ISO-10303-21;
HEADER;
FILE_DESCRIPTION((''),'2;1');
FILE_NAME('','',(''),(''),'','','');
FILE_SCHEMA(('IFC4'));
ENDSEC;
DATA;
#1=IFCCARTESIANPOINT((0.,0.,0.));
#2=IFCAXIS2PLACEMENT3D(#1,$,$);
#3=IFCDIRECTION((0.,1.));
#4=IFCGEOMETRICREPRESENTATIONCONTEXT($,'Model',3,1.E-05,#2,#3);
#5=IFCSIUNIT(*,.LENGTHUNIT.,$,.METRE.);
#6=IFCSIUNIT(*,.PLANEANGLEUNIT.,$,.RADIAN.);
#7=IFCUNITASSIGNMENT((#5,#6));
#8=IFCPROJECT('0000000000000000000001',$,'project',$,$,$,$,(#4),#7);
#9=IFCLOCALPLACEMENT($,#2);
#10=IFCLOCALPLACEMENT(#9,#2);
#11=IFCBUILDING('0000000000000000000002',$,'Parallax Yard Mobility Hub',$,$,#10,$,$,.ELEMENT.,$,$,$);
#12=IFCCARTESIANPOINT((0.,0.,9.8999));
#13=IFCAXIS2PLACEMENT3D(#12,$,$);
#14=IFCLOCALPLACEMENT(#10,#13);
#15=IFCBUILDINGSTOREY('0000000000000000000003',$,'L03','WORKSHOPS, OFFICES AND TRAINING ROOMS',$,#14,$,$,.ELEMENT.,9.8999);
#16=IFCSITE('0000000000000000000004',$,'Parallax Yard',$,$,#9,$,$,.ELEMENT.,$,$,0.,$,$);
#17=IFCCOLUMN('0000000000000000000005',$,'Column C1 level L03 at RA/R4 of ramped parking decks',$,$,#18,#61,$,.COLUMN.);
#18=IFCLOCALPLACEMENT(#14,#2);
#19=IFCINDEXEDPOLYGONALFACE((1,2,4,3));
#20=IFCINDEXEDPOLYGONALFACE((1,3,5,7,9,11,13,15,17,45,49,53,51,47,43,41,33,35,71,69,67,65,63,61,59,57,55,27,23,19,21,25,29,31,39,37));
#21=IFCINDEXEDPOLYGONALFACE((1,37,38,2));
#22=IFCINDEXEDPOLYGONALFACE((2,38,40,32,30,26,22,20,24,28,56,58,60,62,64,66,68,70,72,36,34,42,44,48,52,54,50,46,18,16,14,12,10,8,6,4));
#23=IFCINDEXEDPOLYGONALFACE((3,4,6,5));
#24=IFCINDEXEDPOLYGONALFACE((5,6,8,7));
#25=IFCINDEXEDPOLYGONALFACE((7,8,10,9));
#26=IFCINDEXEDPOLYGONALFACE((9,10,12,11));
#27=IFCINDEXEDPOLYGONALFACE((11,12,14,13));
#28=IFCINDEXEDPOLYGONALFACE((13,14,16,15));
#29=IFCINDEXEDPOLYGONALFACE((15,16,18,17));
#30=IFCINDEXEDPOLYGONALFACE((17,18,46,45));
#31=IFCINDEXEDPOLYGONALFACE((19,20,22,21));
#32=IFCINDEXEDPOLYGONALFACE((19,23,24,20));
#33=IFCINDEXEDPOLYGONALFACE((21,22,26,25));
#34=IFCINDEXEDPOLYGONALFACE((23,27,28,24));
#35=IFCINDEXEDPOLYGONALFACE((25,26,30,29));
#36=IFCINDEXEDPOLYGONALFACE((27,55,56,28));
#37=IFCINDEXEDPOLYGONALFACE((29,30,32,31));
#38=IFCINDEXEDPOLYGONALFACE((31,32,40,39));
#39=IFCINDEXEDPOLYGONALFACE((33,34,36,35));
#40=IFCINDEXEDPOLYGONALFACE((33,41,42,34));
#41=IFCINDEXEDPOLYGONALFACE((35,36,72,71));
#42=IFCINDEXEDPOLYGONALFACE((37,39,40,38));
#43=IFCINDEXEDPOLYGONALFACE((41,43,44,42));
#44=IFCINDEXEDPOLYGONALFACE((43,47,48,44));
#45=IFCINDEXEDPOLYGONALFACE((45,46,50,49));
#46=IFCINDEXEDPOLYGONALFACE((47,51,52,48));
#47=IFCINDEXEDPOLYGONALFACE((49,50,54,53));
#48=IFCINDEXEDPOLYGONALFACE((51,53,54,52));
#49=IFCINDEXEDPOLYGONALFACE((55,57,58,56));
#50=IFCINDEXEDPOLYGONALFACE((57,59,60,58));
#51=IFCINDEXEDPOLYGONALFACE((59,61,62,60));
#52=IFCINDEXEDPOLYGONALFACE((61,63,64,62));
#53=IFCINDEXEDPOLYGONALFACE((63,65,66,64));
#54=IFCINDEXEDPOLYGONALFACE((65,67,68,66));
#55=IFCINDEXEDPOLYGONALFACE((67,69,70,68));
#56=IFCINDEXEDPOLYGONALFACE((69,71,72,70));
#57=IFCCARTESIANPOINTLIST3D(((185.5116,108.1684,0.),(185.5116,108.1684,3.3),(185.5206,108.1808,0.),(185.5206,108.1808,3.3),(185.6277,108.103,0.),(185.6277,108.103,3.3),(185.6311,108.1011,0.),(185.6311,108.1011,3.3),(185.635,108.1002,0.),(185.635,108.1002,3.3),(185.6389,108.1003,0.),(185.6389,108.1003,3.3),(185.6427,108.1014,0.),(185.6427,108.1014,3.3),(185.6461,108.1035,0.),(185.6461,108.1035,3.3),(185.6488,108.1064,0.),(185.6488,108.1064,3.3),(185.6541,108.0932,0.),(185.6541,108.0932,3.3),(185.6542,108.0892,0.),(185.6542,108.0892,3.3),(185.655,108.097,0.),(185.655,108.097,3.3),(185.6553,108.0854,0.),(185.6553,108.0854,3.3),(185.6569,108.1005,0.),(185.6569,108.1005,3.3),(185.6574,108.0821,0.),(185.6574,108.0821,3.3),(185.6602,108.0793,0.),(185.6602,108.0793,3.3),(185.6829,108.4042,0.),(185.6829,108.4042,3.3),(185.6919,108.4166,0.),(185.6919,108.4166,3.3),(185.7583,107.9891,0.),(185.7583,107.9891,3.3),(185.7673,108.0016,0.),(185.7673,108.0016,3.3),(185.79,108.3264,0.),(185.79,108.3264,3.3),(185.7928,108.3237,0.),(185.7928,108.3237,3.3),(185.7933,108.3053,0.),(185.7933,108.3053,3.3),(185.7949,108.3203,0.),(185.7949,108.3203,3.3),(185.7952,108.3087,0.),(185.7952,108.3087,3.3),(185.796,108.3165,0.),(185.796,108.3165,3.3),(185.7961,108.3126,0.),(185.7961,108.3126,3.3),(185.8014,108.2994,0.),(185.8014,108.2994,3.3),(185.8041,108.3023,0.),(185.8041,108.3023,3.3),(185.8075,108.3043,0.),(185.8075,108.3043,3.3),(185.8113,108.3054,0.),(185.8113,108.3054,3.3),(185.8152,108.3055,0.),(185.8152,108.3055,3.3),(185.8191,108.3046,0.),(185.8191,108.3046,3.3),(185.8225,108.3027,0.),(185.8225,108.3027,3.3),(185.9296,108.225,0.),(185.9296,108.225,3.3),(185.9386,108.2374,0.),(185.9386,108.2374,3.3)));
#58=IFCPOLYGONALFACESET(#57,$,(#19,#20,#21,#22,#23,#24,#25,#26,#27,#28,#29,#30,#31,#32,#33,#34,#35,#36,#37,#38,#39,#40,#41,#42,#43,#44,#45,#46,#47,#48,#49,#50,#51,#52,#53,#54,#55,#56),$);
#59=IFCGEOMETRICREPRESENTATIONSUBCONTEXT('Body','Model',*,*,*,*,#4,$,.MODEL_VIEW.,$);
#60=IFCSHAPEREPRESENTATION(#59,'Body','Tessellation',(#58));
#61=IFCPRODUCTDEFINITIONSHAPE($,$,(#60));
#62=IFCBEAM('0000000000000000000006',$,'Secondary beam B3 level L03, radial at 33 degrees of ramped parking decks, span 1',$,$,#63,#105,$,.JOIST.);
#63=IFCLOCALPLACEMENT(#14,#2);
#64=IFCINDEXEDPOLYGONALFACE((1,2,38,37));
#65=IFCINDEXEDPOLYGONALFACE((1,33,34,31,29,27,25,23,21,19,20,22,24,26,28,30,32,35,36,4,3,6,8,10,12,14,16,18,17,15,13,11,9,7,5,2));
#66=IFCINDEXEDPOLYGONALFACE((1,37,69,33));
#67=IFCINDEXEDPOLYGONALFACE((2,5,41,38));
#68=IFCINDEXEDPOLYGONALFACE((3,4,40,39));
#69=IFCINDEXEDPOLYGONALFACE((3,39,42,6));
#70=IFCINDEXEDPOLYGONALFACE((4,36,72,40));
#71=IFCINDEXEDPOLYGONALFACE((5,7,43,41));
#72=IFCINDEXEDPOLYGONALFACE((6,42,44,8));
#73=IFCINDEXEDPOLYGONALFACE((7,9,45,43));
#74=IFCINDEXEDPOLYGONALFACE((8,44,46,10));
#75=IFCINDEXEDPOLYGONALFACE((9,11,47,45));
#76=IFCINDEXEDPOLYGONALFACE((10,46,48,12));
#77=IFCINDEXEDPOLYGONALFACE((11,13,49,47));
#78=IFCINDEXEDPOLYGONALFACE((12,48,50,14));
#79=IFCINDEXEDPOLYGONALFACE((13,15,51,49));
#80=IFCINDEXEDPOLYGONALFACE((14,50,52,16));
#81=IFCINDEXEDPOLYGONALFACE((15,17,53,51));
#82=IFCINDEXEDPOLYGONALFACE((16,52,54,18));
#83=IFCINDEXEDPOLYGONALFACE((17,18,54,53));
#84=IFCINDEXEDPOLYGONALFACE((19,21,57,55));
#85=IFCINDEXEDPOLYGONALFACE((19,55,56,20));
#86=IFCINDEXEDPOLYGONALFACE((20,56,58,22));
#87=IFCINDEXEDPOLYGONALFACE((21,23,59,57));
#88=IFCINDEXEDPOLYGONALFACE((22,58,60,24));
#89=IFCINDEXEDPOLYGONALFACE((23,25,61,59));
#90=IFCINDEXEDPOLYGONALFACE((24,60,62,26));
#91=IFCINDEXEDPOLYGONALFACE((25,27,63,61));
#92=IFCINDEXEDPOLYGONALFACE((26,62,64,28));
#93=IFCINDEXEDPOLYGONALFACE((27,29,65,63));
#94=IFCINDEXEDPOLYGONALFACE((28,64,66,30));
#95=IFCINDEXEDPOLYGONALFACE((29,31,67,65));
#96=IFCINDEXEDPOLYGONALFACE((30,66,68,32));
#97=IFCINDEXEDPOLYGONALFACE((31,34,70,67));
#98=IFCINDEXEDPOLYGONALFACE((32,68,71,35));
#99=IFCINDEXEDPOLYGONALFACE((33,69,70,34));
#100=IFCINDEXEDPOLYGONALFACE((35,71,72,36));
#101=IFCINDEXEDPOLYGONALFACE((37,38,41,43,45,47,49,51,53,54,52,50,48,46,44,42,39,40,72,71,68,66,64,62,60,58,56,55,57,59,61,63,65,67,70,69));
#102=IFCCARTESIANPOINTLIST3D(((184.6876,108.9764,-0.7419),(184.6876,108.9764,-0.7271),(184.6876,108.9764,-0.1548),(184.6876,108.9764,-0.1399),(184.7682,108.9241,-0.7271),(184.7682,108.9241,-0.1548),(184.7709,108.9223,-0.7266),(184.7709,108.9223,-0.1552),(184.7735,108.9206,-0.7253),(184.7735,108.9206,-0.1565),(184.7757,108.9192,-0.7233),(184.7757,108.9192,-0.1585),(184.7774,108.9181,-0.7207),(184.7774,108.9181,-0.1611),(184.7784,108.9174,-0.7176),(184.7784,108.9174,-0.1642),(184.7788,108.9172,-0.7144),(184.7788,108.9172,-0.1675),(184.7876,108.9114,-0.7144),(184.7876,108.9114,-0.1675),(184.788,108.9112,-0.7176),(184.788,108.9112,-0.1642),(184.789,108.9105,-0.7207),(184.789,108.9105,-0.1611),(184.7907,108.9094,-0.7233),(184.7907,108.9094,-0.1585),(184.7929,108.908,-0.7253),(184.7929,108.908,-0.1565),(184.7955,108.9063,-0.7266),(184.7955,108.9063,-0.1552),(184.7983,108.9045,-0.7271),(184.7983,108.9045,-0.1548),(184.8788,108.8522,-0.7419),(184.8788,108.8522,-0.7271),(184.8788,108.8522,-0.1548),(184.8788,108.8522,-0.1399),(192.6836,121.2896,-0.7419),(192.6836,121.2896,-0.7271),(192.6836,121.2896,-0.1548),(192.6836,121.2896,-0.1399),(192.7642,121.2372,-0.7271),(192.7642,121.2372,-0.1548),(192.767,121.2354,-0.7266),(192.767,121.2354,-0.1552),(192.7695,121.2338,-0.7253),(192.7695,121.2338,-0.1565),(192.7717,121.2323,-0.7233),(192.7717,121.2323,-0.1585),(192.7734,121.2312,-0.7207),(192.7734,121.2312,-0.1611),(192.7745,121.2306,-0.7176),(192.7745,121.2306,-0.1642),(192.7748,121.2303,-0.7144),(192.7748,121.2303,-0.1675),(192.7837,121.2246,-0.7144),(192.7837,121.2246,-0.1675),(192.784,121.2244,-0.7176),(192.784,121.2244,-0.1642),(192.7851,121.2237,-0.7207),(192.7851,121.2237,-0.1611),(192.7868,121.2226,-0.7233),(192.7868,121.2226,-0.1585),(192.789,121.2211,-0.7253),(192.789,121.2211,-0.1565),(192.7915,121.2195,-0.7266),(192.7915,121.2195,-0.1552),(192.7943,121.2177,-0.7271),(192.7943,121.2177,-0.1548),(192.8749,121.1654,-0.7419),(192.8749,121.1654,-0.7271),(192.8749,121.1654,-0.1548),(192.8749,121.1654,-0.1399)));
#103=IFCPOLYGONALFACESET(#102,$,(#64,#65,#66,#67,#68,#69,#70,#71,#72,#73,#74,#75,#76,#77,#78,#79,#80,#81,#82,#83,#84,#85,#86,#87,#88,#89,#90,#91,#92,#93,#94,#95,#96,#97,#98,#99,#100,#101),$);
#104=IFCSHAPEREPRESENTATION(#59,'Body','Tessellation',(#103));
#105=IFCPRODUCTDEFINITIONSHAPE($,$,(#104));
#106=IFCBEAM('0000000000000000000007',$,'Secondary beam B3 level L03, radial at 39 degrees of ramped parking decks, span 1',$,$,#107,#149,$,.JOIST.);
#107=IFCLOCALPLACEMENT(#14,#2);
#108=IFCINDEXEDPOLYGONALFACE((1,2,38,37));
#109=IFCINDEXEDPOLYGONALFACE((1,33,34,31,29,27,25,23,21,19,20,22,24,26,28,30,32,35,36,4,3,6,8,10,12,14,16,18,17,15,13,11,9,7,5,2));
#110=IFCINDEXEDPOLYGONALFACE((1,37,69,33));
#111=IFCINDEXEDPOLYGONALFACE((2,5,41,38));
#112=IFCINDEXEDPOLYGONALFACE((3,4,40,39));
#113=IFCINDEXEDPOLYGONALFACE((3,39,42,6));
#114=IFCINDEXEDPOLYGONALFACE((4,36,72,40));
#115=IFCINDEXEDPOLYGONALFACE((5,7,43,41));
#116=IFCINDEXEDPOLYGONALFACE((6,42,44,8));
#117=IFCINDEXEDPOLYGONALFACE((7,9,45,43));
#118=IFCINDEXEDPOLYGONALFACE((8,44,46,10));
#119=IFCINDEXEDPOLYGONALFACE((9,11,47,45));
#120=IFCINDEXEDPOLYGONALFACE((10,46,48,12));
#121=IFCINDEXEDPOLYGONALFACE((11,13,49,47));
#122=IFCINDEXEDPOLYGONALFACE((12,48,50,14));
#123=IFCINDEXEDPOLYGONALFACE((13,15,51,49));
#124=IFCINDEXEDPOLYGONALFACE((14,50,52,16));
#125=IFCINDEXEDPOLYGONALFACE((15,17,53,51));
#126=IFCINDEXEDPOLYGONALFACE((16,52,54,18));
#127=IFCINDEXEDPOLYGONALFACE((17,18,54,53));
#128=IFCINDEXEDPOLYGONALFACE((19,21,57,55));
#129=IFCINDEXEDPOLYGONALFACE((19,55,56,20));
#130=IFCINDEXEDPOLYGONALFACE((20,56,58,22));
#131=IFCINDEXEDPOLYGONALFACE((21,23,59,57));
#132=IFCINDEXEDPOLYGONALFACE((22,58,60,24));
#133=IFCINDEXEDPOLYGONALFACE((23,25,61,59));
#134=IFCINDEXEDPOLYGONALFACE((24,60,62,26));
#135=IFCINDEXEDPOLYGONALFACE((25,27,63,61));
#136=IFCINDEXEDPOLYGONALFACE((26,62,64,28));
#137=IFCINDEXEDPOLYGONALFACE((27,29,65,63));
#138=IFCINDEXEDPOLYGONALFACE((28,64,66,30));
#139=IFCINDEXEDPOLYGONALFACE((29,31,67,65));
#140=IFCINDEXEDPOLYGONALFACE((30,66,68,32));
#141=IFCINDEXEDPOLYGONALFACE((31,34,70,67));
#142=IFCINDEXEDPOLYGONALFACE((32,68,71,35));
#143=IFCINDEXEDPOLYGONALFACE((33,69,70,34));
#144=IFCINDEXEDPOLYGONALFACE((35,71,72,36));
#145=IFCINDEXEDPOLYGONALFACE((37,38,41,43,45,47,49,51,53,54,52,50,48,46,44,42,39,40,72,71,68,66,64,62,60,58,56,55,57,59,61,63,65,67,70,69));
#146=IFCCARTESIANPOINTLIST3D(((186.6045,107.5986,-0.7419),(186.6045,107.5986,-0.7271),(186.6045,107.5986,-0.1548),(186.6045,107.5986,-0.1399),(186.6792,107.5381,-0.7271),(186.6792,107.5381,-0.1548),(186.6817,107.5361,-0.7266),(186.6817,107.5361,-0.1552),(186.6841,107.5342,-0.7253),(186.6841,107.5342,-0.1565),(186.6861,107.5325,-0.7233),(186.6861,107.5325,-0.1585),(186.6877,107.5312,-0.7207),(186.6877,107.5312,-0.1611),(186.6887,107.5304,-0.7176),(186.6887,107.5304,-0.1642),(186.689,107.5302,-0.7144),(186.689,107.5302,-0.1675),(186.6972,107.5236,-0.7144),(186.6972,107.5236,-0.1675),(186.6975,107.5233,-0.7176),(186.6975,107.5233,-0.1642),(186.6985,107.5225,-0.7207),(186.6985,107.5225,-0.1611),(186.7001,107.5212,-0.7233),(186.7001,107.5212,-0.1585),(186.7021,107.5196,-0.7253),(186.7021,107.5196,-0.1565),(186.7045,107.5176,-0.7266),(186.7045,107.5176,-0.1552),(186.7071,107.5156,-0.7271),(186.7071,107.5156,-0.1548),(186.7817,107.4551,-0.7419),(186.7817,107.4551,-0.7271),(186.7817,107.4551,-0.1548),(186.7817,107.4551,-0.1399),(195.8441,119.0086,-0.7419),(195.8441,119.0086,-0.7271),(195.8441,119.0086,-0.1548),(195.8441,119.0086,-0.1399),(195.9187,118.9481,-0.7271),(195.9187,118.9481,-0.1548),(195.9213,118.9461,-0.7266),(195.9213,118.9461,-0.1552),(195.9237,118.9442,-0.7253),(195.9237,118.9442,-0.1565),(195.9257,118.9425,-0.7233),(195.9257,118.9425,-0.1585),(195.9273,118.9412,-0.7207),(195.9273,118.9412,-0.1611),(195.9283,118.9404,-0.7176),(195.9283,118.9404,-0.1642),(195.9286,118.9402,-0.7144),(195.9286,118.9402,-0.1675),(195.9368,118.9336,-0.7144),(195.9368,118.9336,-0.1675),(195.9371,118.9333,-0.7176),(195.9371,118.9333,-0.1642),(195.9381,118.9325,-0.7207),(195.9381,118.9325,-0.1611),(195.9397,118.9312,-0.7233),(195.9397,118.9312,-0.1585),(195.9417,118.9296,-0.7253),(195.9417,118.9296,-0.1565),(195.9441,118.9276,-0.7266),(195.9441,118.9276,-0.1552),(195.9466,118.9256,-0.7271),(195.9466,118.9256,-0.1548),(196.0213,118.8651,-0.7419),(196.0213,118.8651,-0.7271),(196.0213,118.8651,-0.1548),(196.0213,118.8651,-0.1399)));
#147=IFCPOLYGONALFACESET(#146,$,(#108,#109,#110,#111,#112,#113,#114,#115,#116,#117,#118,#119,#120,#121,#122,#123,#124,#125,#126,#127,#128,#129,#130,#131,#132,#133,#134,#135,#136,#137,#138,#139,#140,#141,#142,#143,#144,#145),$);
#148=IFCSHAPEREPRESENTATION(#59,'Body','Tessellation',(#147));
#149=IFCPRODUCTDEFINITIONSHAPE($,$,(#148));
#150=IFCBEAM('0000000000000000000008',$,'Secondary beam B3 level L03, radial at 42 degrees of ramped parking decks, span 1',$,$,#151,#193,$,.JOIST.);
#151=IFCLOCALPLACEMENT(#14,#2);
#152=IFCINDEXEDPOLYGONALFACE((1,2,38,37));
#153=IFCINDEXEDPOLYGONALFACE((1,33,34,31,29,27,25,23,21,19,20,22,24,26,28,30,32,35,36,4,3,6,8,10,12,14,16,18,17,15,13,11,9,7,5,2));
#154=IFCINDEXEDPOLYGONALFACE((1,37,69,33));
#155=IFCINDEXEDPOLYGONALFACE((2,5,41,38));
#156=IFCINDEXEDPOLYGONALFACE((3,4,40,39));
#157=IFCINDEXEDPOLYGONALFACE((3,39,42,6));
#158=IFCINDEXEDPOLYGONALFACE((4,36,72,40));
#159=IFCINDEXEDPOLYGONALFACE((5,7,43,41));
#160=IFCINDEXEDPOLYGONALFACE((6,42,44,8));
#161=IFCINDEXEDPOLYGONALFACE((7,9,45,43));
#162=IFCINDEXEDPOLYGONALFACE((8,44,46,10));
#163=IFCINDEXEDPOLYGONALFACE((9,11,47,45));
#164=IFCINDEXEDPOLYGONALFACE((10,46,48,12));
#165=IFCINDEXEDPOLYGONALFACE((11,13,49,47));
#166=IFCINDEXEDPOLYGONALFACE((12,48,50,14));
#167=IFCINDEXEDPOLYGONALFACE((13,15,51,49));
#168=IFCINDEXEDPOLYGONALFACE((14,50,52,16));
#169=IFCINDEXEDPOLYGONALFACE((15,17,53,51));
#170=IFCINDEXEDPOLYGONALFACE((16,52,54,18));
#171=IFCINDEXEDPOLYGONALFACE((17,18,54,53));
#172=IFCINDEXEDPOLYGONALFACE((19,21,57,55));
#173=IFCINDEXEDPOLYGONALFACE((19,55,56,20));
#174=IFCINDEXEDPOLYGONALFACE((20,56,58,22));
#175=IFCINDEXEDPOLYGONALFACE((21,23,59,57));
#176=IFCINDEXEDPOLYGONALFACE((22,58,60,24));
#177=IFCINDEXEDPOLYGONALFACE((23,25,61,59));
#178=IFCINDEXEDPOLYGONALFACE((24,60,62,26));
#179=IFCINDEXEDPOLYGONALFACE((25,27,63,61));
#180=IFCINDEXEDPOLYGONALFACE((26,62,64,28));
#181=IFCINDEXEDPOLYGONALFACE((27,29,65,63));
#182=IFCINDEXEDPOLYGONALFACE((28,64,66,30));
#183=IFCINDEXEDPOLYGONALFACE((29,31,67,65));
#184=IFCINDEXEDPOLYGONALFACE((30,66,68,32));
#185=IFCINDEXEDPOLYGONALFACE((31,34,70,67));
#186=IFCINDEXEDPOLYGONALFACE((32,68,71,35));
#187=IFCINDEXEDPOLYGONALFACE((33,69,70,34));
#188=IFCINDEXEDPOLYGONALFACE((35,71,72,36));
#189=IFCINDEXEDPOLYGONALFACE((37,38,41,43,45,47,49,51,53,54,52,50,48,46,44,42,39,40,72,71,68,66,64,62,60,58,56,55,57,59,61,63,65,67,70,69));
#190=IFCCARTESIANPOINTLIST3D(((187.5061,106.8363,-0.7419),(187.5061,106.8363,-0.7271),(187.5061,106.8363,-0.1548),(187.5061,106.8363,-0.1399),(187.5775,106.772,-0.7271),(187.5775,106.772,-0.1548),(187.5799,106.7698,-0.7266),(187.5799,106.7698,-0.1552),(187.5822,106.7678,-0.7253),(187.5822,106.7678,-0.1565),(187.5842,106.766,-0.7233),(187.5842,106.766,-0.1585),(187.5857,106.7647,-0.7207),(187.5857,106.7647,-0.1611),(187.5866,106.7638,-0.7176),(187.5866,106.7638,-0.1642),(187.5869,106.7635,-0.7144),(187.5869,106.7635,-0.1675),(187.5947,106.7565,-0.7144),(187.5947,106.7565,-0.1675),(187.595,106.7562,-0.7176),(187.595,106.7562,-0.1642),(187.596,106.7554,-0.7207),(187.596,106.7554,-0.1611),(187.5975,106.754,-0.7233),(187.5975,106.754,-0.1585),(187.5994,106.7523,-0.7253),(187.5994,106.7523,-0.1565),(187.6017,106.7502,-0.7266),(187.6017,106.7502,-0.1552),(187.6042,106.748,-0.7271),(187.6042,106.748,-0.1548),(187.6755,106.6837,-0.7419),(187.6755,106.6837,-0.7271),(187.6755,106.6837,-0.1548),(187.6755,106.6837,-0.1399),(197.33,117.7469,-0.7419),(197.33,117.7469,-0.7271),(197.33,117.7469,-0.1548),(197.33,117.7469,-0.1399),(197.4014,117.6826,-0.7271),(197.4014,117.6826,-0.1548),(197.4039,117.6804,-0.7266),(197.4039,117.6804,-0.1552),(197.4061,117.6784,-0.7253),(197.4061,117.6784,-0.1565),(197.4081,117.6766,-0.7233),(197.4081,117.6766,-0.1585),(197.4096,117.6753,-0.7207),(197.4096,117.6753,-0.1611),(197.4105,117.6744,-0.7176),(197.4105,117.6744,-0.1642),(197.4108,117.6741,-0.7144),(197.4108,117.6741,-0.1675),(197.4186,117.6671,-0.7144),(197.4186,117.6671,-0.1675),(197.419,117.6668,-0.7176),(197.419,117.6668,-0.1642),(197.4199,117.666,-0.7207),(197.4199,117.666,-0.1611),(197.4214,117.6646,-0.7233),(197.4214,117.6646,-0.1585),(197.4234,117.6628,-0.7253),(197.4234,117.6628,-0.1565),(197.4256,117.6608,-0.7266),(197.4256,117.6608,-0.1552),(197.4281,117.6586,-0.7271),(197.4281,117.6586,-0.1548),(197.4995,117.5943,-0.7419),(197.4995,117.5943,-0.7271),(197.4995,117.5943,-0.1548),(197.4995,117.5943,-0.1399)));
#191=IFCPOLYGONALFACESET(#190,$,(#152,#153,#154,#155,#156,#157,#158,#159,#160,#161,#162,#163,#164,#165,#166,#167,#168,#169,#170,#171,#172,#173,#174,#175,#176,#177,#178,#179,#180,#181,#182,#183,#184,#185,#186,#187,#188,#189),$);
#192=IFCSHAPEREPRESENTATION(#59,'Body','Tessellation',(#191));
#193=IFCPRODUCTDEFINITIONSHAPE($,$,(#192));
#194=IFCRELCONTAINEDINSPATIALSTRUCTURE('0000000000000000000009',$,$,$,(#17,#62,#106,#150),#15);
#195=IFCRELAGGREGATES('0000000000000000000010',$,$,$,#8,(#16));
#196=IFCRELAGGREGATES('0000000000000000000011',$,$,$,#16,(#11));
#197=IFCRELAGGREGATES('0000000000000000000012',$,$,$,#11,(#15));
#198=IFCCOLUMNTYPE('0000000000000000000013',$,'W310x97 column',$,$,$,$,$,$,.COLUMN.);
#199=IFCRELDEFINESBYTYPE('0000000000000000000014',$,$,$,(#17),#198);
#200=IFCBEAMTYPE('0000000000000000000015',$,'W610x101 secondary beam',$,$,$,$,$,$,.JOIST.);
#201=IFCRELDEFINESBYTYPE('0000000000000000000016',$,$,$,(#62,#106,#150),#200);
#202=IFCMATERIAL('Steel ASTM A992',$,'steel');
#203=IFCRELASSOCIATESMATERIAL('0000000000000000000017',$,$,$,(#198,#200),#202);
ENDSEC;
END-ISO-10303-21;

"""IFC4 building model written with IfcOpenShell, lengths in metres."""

from ifc_helpers import new_model, si_unit, direction, frame, origin, origin_2d, place, context, subcontext, project, spatial, i_section, extrude, material, material_profile, profile_set, type_object, element, save


model = new_model("IFC4")

# Units and contexts
model_context = context("Model", 3, precision=1e-05, world=origin(), true_north=direction((0.0, 1.0)))
body_context = subcontext(model_context, "Body", "Model", "MODEL_VIEW")
ifc_project = project(units=[si_unit("LENGTHUNIT", "METRE"), si_unit("PLANEANGLEUNIT", "RADIAN")], contexts=[model_context])

# Site, building, storey
site_placement = place(None, origin())
site = spatial("IfcSite", under=ifc_project, at=site_placement, Name="Parallax Yard", CompositionType="ELEMENT", RefElevation=0.0)
building_placement = place(site_placement, origin())
building = spatial("IfcBuilding", under=site, at=building_placement, Name="Parallax Yard Mobility Hub", CompositionType="ELEMENT")
storey_placement = place(building_placement, frame((0.0, 0.0, 9.8999)))
storey = spatial("IfcBuildingStorey", under=building, at=storey_placement, Name="L03", Description="WORKSHOPS, OFFICES AND TRAINING ROOMS", CompositionType="ELEMENT", Elevation=9.8999)

# Column
ifc_material_1 = material(Name="Steel ASTM A992", Category="steel")
ifc_material_profile_1 = material_profile(ifc_material_1, i_section(OverallWidth=0.3049, OverallDepth=0.3069, WebThickness=0.01, FlangeThickness=0.0154, FilletRadius=0.0151, at=origin_2d()), Name="W310x97")
ifc_profile_set_1 = profile_set([ifc_material_profile_1], Name="Steel ASTM A992")
column_type = type_object("IfcColumnType", Name="W310x97 column", PredefinedType="COLUMN", material=ifc_profile_set_1)
column_placement = place(storey_placement, frame((185.7251, 108.2029, 0.0), z_axis=(0.0, 0.0, 1.0), x_axis=(-0.809017, 0.587785, 0.0)))
element("IfcColumn", 1, at=column_placement, inside=storey, type_object=column_type, Name="Column C1 level L03 at RA/R4 of ramped parking decks", PredefinedType="COLUMN", context=body_context, shape_type="SweptSolid", body=[
    extrude(i_section(OverallWidth=0.3049, OverallDepth=0.3069, WebThickness=0.01, FlangeThickness=0.0154, FilletRadius=0.0151, at=origin_2d()), origin(), (0.0, 0.0, 1.0), 3.3),
])

# Beams
ifc_material_profile_2 = material_profile(ifc_material_1, i_section(OverallWidth=0.228, OverallDepth=0.6021, WebThickness=0.0105, FlangeThickness=0.0149, FilletRadius=0.0127, at=origin_2d()), Name="W610x101")
ifc_profile_set_2 = profile_set([ifc_material_profile_2], Name="Steel ASTM A992")
beam_type_1 = type_object("IfcBeamType", Name="W610x101 secondary beam", PredefinedType="JOIST", material=ifc_profile_set_2)
beam_1_placement = place(storey_placement, frame((184.7832, 108.9143, -0.4409), z_axis=(0.544629, 0.838677, 0.0), x_axis=(-0.838677, 0.544629, 0.0)))
element("IfcBeam", 2, at=beam_1_placement, inside=storey, type_object=beam_type_1, Name="Secondary beam B3 level L03, radial at 33 degrees of ramped parking decks, span 1", PredefinedType="JOIST", context=body_context, shape_type="SweptSolid", body=[
    extrude(i_section(OverallWidth=0.228, OverallDepth=0.6021, WebThickness=0.0105, FlangeThickness=0.0149, FilletRadius=0.0127, at=origin_2d()), origin(), (0.0, 0.0, 1.0), 14.6816),
])
beam_2_placement = place(storey_placement, frame((186.6931, 107.5269, -0.4409), z_axis=(0.629318, 0.777148, 0.0), x_axis=(-0.777148, 0.629318, 0.0)))
element("IfcBeam", 3, at=beam_2_placement, inside=storey, type_object=beam_type_1, Name="Secondary beam B3 level L03, radial at 39 degrees of ramped parking decks, span 1", PredefinedType="JOIST", context=body_context, shape_type="SweptSolid", body=[
    extrude(i_section(OverallWidth=0.228, OverallDepth=0.6021, WebThickness=0.0105, FlangeThickness=0.0149, FilletRadius=0.0127, at=origin_2d()), origin(), (0.0, 0.0, 1.0), 14.6819),
])
beam_3_placement = place(storey_placement, frame((187.5908, 106.76, -0.4409), z_axis=(0.66913, 0.743145, 0.0), x_axis=(-0.743145, 0.66913, 0.0)))
element("IfcBeam", 4, at=beam_3_placement, inside=storey, type_object=beam_type_1, Name="Secondary beam B3 level L03, radial at 42 degrees of ramped parking decks, span 1", PredefinedType="JOIST", context=body_context, shape_type="SweptSolid", body=[
    extrude(i_section(OverallWidth=0.228, OverallDepth=0.6021, WebThickness=0.0105, FlangeThickness=0.0149, FilletRadius=0.0127, at=origin_2d()), origin(), (0.0, 0.0, 1.0), 14.6816),
])

save(model, "model.ifc")
